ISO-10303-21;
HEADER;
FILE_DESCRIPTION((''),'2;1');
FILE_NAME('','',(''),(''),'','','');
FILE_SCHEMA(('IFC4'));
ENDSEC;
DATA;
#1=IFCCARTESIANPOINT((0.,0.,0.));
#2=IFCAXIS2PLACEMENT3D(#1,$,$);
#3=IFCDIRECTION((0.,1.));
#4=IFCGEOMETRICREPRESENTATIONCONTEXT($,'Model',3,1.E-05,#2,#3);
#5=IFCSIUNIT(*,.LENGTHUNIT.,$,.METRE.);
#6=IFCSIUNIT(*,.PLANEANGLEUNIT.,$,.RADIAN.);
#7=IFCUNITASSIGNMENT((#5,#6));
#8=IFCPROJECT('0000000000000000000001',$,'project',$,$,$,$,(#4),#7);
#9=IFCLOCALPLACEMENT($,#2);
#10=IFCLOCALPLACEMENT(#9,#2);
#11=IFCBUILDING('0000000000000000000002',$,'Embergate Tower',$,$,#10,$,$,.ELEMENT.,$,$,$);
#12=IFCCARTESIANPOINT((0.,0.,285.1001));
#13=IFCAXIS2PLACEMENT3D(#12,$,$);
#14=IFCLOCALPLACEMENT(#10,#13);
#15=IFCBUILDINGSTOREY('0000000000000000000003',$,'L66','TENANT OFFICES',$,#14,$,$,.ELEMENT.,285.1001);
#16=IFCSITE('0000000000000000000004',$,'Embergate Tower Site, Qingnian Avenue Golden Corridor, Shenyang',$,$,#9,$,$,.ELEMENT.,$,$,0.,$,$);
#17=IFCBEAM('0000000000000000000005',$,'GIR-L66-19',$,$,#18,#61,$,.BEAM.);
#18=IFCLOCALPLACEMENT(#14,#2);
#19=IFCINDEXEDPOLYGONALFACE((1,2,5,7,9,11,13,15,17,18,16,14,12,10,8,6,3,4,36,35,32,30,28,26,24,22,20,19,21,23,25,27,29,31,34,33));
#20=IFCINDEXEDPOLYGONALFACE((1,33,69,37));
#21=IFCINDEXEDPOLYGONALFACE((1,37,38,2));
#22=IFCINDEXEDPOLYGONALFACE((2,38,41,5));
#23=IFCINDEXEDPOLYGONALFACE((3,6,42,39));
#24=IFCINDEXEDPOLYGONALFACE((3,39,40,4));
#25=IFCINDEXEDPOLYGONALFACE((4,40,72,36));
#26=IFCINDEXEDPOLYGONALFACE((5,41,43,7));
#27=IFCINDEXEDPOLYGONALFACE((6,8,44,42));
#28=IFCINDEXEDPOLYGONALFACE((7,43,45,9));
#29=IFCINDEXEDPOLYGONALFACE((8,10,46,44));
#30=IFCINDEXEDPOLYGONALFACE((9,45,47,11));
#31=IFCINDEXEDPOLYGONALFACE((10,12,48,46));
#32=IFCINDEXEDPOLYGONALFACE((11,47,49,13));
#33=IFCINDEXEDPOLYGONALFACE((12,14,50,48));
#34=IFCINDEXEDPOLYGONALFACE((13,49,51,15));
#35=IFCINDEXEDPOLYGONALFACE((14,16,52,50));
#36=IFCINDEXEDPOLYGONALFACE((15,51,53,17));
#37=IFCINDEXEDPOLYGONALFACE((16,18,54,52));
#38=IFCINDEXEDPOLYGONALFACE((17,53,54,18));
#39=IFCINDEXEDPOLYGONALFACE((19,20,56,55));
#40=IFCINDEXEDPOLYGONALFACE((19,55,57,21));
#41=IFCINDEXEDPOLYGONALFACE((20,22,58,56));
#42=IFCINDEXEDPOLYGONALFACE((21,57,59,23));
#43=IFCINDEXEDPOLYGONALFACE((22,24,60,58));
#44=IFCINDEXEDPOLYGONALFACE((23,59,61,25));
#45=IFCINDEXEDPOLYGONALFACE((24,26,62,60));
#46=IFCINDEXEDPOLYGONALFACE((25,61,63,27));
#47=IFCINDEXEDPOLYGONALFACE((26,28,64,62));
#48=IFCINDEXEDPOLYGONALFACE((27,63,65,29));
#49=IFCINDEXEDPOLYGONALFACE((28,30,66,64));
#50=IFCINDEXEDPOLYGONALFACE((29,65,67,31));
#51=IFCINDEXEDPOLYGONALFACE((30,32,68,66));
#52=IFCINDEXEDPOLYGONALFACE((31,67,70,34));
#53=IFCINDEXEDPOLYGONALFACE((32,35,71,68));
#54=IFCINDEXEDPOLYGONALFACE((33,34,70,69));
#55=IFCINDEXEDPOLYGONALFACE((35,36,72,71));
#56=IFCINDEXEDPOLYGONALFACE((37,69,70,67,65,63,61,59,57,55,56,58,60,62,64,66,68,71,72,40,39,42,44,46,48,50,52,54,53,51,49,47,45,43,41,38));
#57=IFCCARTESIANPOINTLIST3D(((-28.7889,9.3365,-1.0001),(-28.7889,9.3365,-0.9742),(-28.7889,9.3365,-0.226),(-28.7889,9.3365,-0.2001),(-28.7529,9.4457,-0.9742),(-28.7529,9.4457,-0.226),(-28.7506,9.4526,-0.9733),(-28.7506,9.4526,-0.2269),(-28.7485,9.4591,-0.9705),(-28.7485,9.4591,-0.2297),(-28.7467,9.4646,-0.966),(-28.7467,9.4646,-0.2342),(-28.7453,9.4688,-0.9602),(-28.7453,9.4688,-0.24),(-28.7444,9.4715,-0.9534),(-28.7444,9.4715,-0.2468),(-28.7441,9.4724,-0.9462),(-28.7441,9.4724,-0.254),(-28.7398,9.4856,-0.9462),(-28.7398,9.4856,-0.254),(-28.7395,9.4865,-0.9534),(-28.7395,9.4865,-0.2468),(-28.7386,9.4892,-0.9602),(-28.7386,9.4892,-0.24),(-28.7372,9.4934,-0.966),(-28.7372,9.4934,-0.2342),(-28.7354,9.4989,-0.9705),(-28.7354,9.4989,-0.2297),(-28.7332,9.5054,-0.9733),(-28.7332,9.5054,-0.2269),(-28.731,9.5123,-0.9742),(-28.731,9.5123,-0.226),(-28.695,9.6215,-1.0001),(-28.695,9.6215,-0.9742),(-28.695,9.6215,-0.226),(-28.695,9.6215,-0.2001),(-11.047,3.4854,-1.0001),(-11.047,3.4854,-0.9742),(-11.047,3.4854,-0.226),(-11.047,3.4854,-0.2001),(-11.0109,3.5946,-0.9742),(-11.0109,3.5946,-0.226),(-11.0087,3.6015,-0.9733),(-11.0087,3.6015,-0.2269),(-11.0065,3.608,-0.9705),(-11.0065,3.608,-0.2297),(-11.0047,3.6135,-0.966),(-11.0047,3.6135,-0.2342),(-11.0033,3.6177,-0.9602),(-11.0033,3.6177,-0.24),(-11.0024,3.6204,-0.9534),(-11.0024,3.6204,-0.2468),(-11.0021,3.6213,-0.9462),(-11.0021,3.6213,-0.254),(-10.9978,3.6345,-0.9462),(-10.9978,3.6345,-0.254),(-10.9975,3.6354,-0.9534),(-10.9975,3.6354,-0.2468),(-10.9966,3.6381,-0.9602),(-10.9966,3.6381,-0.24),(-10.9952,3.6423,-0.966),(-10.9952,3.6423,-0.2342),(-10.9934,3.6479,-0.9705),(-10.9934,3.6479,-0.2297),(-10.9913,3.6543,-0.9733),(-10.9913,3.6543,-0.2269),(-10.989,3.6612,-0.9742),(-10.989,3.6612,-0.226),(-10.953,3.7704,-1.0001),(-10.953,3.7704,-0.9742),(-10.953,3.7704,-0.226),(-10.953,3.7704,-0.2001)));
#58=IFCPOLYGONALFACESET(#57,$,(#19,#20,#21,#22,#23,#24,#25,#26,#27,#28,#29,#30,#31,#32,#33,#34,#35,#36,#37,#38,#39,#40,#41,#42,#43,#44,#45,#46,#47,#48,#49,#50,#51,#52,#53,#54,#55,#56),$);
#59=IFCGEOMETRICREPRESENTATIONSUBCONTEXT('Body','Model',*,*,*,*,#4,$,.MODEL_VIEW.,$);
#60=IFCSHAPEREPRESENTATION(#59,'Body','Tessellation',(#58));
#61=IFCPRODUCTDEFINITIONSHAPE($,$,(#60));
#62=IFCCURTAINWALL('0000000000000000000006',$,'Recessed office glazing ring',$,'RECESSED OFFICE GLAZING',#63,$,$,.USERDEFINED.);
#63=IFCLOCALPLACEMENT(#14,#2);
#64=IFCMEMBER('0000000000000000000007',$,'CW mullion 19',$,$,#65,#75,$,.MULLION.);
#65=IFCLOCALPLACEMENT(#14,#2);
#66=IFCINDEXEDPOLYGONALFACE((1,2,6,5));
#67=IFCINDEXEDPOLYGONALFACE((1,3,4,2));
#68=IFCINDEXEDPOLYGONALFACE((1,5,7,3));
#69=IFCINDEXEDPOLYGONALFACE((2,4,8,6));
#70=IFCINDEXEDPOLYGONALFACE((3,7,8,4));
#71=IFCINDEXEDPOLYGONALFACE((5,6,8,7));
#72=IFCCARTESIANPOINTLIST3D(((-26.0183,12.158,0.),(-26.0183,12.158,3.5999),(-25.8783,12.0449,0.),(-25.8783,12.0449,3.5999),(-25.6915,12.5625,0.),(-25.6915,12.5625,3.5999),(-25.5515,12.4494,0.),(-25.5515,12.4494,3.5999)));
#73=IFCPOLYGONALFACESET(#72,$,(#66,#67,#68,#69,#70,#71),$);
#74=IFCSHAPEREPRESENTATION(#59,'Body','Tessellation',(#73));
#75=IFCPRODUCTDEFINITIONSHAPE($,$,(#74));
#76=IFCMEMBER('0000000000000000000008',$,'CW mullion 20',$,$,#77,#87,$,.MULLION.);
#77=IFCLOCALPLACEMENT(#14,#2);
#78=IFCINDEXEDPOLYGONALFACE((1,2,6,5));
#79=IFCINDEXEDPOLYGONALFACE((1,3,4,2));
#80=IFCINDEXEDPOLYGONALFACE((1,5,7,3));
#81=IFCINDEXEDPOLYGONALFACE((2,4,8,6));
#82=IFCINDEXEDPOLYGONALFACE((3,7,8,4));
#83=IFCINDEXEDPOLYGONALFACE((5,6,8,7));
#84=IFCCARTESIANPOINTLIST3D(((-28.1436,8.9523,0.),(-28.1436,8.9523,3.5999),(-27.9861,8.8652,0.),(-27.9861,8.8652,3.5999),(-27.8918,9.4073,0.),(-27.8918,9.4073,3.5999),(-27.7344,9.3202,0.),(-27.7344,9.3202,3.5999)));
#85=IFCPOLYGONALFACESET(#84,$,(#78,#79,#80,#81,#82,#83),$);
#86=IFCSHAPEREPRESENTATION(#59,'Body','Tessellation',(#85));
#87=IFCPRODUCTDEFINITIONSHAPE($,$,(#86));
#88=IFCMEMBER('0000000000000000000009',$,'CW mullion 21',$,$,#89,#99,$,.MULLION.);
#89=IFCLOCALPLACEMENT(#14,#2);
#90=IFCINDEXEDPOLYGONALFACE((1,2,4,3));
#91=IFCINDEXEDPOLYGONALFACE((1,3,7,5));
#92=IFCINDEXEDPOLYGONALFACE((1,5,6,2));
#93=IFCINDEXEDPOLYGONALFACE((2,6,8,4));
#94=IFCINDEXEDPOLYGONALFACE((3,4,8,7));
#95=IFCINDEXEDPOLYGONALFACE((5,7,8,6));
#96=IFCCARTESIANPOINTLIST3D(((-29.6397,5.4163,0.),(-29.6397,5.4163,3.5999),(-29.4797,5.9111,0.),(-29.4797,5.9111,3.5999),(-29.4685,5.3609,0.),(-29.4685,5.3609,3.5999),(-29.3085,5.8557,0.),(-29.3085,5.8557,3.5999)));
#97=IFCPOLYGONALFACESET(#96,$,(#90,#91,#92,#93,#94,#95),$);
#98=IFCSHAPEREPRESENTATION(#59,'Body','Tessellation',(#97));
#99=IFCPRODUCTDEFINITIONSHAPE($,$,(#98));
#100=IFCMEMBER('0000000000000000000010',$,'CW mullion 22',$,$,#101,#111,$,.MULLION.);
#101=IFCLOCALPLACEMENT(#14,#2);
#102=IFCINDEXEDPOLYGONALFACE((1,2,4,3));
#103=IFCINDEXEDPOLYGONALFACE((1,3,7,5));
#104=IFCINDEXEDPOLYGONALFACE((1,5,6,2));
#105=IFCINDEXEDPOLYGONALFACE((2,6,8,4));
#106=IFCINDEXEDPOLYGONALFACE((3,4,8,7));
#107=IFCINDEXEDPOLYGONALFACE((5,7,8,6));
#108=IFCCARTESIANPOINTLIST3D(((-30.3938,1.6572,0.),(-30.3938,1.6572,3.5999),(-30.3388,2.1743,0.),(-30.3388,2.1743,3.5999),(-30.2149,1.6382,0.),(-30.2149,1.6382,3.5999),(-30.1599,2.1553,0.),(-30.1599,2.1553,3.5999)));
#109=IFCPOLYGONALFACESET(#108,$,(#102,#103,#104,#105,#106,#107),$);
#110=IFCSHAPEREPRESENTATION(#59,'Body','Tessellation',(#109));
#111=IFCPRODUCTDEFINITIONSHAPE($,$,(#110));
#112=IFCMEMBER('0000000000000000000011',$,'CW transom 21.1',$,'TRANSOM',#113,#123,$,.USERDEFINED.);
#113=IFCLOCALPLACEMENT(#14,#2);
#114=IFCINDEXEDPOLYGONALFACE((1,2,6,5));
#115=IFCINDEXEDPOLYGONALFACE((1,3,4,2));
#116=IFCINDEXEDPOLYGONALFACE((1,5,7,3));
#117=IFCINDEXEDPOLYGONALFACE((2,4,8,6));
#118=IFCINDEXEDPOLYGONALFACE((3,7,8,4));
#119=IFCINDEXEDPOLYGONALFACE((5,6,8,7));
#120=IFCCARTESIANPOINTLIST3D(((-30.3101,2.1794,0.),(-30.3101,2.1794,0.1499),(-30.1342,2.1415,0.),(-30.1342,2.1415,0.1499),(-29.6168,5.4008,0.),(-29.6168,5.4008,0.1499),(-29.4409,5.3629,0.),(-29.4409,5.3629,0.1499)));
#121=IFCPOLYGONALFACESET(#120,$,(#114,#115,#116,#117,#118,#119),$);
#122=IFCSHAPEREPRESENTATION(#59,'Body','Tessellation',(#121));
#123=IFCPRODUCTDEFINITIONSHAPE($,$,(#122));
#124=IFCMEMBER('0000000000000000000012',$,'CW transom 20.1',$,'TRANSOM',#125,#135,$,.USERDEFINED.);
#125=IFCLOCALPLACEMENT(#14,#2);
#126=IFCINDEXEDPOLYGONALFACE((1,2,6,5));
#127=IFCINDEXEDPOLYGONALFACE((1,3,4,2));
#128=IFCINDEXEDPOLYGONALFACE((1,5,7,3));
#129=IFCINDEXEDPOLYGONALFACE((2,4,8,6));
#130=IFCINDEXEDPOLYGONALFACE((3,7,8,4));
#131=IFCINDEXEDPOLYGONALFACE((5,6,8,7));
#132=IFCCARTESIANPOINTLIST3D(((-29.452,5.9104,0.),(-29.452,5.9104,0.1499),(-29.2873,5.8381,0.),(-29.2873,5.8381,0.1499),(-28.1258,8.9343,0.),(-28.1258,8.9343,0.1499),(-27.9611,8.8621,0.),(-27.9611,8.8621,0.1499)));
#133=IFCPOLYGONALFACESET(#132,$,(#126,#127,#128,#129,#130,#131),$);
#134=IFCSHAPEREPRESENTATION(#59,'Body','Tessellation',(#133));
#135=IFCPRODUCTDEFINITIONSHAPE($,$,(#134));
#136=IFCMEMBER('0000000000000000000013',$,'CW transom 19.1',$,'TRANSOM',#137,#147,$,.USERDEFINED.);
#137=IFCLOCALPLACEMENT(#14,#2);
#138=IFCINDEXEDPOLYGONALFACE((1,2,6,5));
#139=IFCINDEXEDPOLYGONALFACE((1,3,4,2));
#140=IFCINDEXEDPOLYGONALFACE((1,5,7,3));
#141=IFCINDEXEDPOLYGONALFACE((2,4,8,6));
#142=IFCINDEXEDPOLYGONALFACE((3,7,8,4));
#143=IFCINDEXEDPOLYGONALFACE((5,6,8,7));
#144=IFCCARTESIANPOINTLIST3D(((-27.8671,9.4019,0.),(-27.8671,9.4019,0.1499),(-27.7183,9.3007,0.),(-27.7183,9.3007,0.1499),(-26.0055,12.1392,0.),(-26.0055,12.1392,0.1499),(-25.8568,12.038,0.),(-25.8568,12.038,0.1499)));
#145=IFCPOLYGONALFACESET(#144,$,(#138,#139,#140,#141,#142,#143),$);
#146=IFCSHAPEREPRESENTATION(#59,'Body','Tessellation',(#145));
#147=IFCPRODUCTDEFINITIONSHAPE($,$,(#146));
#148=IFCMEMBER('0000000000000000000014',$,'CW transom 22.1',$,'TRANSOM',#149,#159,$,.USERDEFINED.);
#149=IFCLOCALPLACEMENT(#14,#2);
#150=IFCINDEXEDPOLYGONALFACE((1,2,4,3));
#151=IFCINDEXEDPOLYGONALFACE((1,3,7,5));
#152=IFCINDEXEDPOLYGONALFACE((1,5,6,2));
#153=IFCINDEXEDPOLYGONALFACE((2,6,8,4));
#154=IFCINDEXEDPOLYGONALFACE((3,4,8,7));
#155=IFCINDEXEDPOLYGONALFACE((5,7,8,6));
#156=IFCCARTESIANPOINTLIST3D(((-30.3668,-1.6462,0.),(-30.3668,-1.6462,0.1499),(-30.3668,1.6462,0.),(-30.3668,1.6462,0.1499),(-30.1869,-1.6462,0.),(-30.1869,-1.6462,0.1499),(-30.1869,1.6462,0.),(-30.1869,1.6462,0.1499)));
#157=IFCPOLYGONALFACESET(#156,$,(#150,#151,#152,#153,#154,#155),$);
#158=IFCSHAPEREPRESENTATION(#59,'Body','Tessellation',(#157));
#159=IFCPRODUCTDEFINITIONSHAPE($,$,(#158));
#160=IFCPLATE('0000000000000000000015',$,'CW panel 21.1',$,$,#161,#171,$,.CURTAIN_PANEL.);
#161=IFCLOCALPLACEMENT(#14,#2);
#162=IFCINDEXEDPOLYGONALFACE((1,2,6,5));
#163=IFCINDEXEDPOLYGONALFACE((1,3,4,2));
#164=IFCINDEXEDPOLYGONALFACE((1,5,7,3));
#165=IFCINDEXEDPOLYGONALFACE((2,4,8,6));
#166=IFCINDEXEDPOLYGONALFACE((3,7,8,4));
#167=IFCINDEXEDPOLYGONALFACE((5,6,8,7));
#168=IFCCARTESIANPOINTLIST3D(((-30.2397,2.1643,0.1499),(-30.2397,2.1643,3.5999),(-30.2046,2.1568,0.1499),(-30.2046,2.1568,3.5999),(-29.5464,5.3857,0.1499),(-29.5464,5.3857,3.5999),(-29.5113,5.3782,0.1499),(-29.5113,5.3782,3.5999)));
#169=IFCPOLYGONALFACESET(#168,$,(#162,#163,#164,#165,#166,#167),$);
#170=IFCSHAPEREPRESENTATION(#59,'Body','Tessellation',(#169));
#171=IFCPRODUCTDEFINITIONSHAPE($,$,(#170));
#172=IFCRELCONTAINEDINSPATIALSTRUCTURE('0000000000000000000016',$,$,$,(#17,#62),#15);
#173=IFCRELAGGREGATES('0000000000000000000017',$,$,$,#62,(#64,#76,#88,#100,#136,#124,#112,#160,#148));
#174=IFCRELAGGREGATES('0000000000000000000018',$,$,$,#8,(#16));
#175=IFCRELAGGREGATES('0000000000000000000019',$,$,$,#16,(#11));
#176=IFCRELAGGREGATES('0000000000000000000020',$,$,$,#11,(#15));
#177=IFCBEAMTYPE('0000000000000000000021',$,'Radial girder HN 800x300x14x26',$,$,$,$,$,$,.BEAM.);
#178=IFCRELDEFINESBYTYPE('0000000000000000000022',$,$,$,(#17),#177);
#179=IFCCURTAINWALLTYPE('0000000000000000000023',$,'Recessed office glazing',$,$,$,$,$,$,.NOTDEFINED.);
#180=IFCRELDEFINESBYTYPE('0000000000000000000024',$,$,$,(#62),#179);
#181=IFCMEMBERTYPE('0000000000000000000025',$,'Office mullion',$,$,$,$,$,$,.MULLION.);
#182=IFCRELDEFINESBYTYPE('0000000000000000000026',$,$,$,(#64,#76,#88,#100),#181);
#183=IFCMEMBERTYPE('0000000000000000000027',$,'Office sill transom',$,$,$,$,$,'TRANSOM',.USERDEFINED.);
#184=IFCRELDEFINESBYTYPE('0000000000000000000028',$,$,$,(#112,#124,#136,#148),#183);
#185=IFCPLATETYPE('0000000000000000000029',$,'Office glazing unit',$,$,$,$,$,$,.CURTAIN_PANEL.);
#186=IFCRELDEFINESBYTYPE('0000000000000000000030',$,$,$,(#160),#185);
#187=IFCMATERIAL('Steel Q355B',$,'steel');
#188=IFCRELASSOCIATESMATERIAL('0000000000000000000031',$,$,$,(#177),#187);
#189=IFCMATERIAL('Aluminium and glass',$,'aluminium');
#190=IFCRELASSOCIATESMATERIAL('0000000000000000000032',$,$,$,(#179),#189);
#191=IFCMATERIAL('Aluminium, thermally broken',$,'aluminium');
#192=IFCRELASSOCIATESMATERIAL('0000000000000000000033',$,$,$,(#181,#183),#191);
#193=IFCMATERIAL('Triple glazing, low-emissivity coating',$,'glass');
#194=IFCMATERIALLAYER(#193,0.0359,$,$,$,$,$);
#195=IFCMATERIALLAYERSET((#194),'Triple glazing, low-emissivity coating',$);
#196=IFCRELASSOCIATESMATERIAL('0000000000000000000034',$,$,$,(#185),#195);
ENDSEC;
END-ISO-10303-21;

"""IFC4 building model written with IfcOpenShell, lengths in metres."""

from ifc_helpers import new_model, si_unit, direction, frame, origin, origin_2d, place, context, subcontext, project, spatial, rectangle, i_section, extrude, source, transform, mapped, material, layer, layer_set, material_profile, profile_set, type_object, element, aggregate, save


model = new_model("IFC4")

# Units and contexts
model_context = context("Model", 3, precision=1e-05, world=origin(), true_north=direction((0.0, 1.0)))
body_context = subcontext(model_context, "Body", "Model", "MODEL_VIEW")
ifc_project = project(units=[si_unit("LENGTHUNIT", "METRE"), si_unit("PLANEANGLEUNIT", "RADIAN")], contexts=[model_context])

# Site, building, storey
site_placement = place(None, origin())
site = spatial("IfcSite", under=ifc_project, at=site_placement, Name="Embergate Tower Site, Qingnian Avenue Golden Corridor, Shenyang", CompositionType="ELEMENT", RefElevation=0.0)
building_placement = place(site_placement, origin())
building = spatial("IfcBuilding", under=site, at=building_placement, Name="Embergate Tower", CompositionType="ELEMENT")
storey_placement = place(building_placement, frame((0.0, 0.0, 285.1001)))
storey = spatial("IfcBuildingStorey", under=building, at=storey_placement, Name="L66", Description="TENANT OFFICES", CompositionType="ELEMENT", Elevation=285.1001)

# Beam
ifc_material_1 = material(Name="Steel Q355B", Category="steel")
ifc_material_profile_1 = material_profile(ifc_material_1, i_section(OverallWidth=0.3, OverallDepth=0.8, WebThickness=0.0139, FlangeThickness=0.0259, FilletRadius=0.0281, at=origin_2d()), Name="HN 800x300x14x26")
ifc_profile_set_1 = profile_set([ifc_material_profile_1], Name="Steel Q355 grade B")
beam_type_1 = type_object("IfcBeamType", Name="Radial girder HN 800x300x14x26", PredefinedType="BEAM", material=ifc_profile_set_1)
shared_shape_1 = source(origin(), body_context, "Body", "SweptSolid", [
    extrude(i_section(OverallWidth=0.3, OverallDepth=0.8, WebThickness=0.0139, FlangeThickness=0.0259, FilletRadius=0.0281, at=origin_2d()), origin(), (0.0, 0.0, 1.0), 18.6819),
])
beam_1_placement = place(storey_placement, frame((-28.7419, 9.479, -0.6001), z_axis=(0.949689, -0.313196, 0.0), x_axis=(0.313196, 0.949689, 0.0)))
element("IfcBeam", 1, at=beam_1_placement, inside=storey, type_object=beam_type_1, Name="GIR-L66-19", PredefinedType="BEAM", context=body_context, shape_type="MappedRepresentation", body=[
    mapped(shared_shape_1, transform((0.0, 0.0, 0.0))),
])

# Curtain wall, members, plate
ifc_material_2 = material(Name="Aluminium and glass", Category="aluminium")
curtain_wall_type = type_object("IfcCurtainWallType", Name="Recessed office glazing", PredefinedType="NOTDEFINED", material=ifc_material_2)
curtain_wall_placement = place(storey_placement, origin())
curtain_wall = element("IfcCurtainWall", 2, at=curtain_wall_placement, inside=storey, type_object=curtain_wall_type, Name="Recessed office glazing ring", ObjectType="RECESSED OFFICE GLAZING", PredefinedType="USERDEFINED")
ifc_material_3 = material(Name="Aluminium, thermally broken", Category="aluminium")
ifc_material_profile_2 = material_profile(ifc_material_3, rectangle(XDim=0.1799, YDim=0.52, at=origin_2d()), Name="AL 520x180")
ifc_profile_set_2 = profile_set([ifc_material_profile_2], Name="Aluminium, thermally broken")
member_type_1 = type_object("IfcMemberType", Name="Office mullion", PredefinedType="MULLION", material=ifc_profile_set_2)
shared_shape_2 = source(origin(), body_context, "Body", "SweptSolid", [
    extrude(rectangle(XDim=0.1799, YDim=0.52, at=origin_2d()), origin(), (0.0, 0.0, 1.0), 3.5999),
])
member_1_placement = place(storey_placement, frame((-25.7849, 12.3037, 0.0), z_axis=(0.0, 0.0, 1.0), x_axis=(0.777856, -0.628442, 0.0)))
member_1 = element("IfcMember", 3, at=member_1_placement, type_object=member_type_1, Name="CW mullion 19", PredefinedType="MULLION", context=body_context, shape_type="MappedRepresentation", body=[
    mapped(shared_shape_2, transform((0.0, 0.0, 0.0))),
])
member_2_placement = place(storey_placement, frame((-27.939, 9.1362, 0.0), z_axis=(0.0, 0.0, 1.0), x_axis=(0.874988, -0.484144, 0.0)))
member_2 = element("IfcMember", 4, at=member_2_placement, type_object=member_type_1, Name="CW mullion 20", PredefinedType="MULLION", context=body_context, shape_type="MappedRepresentation", body=[
    mapped(shared_shape_2, transform((0.0, 0.0, 0.0))),
])
member_3_placement = place(storey_placement, frame((-29.4741, 5.636, 0.0), z_axis=(0.0, 0.0, 1.0), x_axis=(0.951491, -0.307675, 0.0)))
member_3 = element("IfcMember", 5, at=member_3_placement, type_object=member_type_1, Name="CW mullion 21", PredefinedType="MULLION", context=body_context, shape_type="MappedRepresentation", body=[
    mapped(shared_shape_2, transform((0.0, 0.0, 0.0))),
])
member_4_placement = place(storey_placement, frame((-30.2769, 1.9062, 0.0), z_axis=(0.0, 0.0, 1.0), x_axis=(0.994384, -0.105832, 0.0)))
member_4 = element("IfcMember", 6, at=member_4_placement, type_object=member_type_1, Name="CW mullion 22", PredefinedType="MULLION", context=body_context, shape_type="MappedRepresentation", body=[
    mapped(shared_shape_2, transform((0.0, 0.0, 0.0))),
])
ifc_material_profile_3 = material_profile(ifc_material_3, rectangle(XDim=0.1799, YDim=0.1499, at=origin_2d()), Name="AL 150x180")
ifc_profile_set_3 = profile_set([ifc_material_profile_3], Name="Aluminium, thermally broken")
member_type_2 = type_object("IfcMemberType", Name="Office sill transom", ElementType="TRANSOM", PredefinedType="USERDEFINED", material=ifc_profile_set_3)
shared_shape_3 = source(origin(), body_context, "Body", "SweptSolid", [
    extrude(rectangle(XDim=0.1799, YDim=0.1499, at=origin_2d()), origin(), (0.0, 0.0, 1.0), 3.2952),
])
member_5_placement = place(storey_placement, frame((-29.5288, 5.3818, 0.075), z_axis=(-0.210414, -0.977612, 0.0), x_axis=(0.977612, -0.210414, 0.0)))
member_5 = element("IfcMember", 7, at=member_5_placement, type_object=member_type_2, Name="CW transom 21.1", ObjectType="TRANSOM", PredefinedType="USERDEFINED", context=body_context, shape_type="MappedRepresentation", body=[
    mapped(shared_shape_3, transform((0.0, 0.0, 0.0))),
])
shared_shape_4 = source(origin(), body_context, "Body", "SweptSolid", [
    extrude(rectangle(XDim=0.1799, YDim=0.1499, at=origin_2d()), origin(), (0.0, 0.0, 1.0), 3.302),
])
member_6_placement = place(storey_placement, frame((-28.0435, 8.8982, 0.075), z_axis=(-0.401633, -0.915801, 0.0), x_axis=(0.915801, -0.401633, 0.0)))
member_6 = element("IfcMember", 8, at=member_6_placement, type_object=member_type_2, Name="CW transom 20.1", ObjectType="TRANSOM", PredefinedType="USERDEFINED", context=body_context, shape_type="MappedRepresentation", body=[
    mapped(shared_shape_4, transform((0.0, 0.0, 0.0))),
])
shared_shape_5 = source(origin(), body_context, "Body", "SweptSolid", [
    extrude(rectangle(XDim=0.1799, YDim=0.1499, at=origin_2d()), origin(), (0.0, 0.0, 1.0), 3.3103),
])
member_7_placement = place(storey_placement, frame((-25.9312, 12.0886, 0.075), z_axis=(-0.562352, -0.826898, 0.0), x_axis=(0.826898, -0.562352, 0.0)))
member_7 = element("IfcMember", 9, at=member_7_placement, type_object=member_type_2, Name="CW transom 19.1", ObjectType="TRANSOM", PredefinedType="USERDEFINED", context=body_context, shape_type="MappedRepresentation", body=[
    mapped(shared_shape_5, transform((0.0, 0.0, 0.0))),
])
shared_shape_6 = source(origin(), body_context, "Body", "SweptSolid", [
    extrude(rectangle(XDim=0.1799, YDim=0.1499, at=origin_2d()), origin(), (0.0, 0.0, 1.0), 3.2925),
])
member_8_placement = place(storey_placement, frame((-30.2769, 1.6462, 0.075), z_axis=(0.0, -1.0, 0.0), x_axis=(1.0, 0.0, 0.0)))
member_8 = element("IfcMember", 10, at=member_8_placement, type_object=member_type_2, Name="CW transom 22.1", ObjectType="TRANSOM", PredefinedType="USERDEFINED", context=body_context, shape_type="MappedRepresentation", body=[
    mapped(shared_shape_6, transform((0.0, 0.0, 0.0))),
])
ifc_material_4 = material(Name="Triple glazing, low-emissivity coating", Category="glass")
ifc_layer_1 = layer(ifc_material_4, 0.0359)
ifc_layer_set_1 = layer_set([ifc_layer_1], Name="Triple glazing, low-emissivity coating")
plate_type = type_object("IfcPlateType", Name="Office glazing unit", PredefinedType="CURTAIN_PANEL", material=ifc_layer_set_1)
shared_shape_7 = source(origin(), body_context, "Body", "SweptSolid", [
    extrude(rectangle(XDim=3.2952, YDim=0.0359, at=origin_2d()), origin(), (0.0, 0.0, 1.0), 3.45),
])
plate_1_placement = place(storey_placement, frame((-29.8755, 3.7712, 0.1499), z_axis=(0.0, 0.0, 1.0), x_axis=(-0.210405, -0.977614, 0.0)))
plate_1 = element("IfcPlate", 11, at=plate_1_placement, type_object=plate_type, Name="CW panel 21.1", PredefinedType="CURTAIN_PANEL", context=body_context, shape_type="MappedRepresentation", body=[
    mapped(shared_shape_7, transform((0.0, 0.0, 0.0))),
])
aggregate(curtain_wall, [member_1, member_2, member_3, member_4, member_7, member_6, member_5, plate_1, member_8])

save(model, "model.ifc")
